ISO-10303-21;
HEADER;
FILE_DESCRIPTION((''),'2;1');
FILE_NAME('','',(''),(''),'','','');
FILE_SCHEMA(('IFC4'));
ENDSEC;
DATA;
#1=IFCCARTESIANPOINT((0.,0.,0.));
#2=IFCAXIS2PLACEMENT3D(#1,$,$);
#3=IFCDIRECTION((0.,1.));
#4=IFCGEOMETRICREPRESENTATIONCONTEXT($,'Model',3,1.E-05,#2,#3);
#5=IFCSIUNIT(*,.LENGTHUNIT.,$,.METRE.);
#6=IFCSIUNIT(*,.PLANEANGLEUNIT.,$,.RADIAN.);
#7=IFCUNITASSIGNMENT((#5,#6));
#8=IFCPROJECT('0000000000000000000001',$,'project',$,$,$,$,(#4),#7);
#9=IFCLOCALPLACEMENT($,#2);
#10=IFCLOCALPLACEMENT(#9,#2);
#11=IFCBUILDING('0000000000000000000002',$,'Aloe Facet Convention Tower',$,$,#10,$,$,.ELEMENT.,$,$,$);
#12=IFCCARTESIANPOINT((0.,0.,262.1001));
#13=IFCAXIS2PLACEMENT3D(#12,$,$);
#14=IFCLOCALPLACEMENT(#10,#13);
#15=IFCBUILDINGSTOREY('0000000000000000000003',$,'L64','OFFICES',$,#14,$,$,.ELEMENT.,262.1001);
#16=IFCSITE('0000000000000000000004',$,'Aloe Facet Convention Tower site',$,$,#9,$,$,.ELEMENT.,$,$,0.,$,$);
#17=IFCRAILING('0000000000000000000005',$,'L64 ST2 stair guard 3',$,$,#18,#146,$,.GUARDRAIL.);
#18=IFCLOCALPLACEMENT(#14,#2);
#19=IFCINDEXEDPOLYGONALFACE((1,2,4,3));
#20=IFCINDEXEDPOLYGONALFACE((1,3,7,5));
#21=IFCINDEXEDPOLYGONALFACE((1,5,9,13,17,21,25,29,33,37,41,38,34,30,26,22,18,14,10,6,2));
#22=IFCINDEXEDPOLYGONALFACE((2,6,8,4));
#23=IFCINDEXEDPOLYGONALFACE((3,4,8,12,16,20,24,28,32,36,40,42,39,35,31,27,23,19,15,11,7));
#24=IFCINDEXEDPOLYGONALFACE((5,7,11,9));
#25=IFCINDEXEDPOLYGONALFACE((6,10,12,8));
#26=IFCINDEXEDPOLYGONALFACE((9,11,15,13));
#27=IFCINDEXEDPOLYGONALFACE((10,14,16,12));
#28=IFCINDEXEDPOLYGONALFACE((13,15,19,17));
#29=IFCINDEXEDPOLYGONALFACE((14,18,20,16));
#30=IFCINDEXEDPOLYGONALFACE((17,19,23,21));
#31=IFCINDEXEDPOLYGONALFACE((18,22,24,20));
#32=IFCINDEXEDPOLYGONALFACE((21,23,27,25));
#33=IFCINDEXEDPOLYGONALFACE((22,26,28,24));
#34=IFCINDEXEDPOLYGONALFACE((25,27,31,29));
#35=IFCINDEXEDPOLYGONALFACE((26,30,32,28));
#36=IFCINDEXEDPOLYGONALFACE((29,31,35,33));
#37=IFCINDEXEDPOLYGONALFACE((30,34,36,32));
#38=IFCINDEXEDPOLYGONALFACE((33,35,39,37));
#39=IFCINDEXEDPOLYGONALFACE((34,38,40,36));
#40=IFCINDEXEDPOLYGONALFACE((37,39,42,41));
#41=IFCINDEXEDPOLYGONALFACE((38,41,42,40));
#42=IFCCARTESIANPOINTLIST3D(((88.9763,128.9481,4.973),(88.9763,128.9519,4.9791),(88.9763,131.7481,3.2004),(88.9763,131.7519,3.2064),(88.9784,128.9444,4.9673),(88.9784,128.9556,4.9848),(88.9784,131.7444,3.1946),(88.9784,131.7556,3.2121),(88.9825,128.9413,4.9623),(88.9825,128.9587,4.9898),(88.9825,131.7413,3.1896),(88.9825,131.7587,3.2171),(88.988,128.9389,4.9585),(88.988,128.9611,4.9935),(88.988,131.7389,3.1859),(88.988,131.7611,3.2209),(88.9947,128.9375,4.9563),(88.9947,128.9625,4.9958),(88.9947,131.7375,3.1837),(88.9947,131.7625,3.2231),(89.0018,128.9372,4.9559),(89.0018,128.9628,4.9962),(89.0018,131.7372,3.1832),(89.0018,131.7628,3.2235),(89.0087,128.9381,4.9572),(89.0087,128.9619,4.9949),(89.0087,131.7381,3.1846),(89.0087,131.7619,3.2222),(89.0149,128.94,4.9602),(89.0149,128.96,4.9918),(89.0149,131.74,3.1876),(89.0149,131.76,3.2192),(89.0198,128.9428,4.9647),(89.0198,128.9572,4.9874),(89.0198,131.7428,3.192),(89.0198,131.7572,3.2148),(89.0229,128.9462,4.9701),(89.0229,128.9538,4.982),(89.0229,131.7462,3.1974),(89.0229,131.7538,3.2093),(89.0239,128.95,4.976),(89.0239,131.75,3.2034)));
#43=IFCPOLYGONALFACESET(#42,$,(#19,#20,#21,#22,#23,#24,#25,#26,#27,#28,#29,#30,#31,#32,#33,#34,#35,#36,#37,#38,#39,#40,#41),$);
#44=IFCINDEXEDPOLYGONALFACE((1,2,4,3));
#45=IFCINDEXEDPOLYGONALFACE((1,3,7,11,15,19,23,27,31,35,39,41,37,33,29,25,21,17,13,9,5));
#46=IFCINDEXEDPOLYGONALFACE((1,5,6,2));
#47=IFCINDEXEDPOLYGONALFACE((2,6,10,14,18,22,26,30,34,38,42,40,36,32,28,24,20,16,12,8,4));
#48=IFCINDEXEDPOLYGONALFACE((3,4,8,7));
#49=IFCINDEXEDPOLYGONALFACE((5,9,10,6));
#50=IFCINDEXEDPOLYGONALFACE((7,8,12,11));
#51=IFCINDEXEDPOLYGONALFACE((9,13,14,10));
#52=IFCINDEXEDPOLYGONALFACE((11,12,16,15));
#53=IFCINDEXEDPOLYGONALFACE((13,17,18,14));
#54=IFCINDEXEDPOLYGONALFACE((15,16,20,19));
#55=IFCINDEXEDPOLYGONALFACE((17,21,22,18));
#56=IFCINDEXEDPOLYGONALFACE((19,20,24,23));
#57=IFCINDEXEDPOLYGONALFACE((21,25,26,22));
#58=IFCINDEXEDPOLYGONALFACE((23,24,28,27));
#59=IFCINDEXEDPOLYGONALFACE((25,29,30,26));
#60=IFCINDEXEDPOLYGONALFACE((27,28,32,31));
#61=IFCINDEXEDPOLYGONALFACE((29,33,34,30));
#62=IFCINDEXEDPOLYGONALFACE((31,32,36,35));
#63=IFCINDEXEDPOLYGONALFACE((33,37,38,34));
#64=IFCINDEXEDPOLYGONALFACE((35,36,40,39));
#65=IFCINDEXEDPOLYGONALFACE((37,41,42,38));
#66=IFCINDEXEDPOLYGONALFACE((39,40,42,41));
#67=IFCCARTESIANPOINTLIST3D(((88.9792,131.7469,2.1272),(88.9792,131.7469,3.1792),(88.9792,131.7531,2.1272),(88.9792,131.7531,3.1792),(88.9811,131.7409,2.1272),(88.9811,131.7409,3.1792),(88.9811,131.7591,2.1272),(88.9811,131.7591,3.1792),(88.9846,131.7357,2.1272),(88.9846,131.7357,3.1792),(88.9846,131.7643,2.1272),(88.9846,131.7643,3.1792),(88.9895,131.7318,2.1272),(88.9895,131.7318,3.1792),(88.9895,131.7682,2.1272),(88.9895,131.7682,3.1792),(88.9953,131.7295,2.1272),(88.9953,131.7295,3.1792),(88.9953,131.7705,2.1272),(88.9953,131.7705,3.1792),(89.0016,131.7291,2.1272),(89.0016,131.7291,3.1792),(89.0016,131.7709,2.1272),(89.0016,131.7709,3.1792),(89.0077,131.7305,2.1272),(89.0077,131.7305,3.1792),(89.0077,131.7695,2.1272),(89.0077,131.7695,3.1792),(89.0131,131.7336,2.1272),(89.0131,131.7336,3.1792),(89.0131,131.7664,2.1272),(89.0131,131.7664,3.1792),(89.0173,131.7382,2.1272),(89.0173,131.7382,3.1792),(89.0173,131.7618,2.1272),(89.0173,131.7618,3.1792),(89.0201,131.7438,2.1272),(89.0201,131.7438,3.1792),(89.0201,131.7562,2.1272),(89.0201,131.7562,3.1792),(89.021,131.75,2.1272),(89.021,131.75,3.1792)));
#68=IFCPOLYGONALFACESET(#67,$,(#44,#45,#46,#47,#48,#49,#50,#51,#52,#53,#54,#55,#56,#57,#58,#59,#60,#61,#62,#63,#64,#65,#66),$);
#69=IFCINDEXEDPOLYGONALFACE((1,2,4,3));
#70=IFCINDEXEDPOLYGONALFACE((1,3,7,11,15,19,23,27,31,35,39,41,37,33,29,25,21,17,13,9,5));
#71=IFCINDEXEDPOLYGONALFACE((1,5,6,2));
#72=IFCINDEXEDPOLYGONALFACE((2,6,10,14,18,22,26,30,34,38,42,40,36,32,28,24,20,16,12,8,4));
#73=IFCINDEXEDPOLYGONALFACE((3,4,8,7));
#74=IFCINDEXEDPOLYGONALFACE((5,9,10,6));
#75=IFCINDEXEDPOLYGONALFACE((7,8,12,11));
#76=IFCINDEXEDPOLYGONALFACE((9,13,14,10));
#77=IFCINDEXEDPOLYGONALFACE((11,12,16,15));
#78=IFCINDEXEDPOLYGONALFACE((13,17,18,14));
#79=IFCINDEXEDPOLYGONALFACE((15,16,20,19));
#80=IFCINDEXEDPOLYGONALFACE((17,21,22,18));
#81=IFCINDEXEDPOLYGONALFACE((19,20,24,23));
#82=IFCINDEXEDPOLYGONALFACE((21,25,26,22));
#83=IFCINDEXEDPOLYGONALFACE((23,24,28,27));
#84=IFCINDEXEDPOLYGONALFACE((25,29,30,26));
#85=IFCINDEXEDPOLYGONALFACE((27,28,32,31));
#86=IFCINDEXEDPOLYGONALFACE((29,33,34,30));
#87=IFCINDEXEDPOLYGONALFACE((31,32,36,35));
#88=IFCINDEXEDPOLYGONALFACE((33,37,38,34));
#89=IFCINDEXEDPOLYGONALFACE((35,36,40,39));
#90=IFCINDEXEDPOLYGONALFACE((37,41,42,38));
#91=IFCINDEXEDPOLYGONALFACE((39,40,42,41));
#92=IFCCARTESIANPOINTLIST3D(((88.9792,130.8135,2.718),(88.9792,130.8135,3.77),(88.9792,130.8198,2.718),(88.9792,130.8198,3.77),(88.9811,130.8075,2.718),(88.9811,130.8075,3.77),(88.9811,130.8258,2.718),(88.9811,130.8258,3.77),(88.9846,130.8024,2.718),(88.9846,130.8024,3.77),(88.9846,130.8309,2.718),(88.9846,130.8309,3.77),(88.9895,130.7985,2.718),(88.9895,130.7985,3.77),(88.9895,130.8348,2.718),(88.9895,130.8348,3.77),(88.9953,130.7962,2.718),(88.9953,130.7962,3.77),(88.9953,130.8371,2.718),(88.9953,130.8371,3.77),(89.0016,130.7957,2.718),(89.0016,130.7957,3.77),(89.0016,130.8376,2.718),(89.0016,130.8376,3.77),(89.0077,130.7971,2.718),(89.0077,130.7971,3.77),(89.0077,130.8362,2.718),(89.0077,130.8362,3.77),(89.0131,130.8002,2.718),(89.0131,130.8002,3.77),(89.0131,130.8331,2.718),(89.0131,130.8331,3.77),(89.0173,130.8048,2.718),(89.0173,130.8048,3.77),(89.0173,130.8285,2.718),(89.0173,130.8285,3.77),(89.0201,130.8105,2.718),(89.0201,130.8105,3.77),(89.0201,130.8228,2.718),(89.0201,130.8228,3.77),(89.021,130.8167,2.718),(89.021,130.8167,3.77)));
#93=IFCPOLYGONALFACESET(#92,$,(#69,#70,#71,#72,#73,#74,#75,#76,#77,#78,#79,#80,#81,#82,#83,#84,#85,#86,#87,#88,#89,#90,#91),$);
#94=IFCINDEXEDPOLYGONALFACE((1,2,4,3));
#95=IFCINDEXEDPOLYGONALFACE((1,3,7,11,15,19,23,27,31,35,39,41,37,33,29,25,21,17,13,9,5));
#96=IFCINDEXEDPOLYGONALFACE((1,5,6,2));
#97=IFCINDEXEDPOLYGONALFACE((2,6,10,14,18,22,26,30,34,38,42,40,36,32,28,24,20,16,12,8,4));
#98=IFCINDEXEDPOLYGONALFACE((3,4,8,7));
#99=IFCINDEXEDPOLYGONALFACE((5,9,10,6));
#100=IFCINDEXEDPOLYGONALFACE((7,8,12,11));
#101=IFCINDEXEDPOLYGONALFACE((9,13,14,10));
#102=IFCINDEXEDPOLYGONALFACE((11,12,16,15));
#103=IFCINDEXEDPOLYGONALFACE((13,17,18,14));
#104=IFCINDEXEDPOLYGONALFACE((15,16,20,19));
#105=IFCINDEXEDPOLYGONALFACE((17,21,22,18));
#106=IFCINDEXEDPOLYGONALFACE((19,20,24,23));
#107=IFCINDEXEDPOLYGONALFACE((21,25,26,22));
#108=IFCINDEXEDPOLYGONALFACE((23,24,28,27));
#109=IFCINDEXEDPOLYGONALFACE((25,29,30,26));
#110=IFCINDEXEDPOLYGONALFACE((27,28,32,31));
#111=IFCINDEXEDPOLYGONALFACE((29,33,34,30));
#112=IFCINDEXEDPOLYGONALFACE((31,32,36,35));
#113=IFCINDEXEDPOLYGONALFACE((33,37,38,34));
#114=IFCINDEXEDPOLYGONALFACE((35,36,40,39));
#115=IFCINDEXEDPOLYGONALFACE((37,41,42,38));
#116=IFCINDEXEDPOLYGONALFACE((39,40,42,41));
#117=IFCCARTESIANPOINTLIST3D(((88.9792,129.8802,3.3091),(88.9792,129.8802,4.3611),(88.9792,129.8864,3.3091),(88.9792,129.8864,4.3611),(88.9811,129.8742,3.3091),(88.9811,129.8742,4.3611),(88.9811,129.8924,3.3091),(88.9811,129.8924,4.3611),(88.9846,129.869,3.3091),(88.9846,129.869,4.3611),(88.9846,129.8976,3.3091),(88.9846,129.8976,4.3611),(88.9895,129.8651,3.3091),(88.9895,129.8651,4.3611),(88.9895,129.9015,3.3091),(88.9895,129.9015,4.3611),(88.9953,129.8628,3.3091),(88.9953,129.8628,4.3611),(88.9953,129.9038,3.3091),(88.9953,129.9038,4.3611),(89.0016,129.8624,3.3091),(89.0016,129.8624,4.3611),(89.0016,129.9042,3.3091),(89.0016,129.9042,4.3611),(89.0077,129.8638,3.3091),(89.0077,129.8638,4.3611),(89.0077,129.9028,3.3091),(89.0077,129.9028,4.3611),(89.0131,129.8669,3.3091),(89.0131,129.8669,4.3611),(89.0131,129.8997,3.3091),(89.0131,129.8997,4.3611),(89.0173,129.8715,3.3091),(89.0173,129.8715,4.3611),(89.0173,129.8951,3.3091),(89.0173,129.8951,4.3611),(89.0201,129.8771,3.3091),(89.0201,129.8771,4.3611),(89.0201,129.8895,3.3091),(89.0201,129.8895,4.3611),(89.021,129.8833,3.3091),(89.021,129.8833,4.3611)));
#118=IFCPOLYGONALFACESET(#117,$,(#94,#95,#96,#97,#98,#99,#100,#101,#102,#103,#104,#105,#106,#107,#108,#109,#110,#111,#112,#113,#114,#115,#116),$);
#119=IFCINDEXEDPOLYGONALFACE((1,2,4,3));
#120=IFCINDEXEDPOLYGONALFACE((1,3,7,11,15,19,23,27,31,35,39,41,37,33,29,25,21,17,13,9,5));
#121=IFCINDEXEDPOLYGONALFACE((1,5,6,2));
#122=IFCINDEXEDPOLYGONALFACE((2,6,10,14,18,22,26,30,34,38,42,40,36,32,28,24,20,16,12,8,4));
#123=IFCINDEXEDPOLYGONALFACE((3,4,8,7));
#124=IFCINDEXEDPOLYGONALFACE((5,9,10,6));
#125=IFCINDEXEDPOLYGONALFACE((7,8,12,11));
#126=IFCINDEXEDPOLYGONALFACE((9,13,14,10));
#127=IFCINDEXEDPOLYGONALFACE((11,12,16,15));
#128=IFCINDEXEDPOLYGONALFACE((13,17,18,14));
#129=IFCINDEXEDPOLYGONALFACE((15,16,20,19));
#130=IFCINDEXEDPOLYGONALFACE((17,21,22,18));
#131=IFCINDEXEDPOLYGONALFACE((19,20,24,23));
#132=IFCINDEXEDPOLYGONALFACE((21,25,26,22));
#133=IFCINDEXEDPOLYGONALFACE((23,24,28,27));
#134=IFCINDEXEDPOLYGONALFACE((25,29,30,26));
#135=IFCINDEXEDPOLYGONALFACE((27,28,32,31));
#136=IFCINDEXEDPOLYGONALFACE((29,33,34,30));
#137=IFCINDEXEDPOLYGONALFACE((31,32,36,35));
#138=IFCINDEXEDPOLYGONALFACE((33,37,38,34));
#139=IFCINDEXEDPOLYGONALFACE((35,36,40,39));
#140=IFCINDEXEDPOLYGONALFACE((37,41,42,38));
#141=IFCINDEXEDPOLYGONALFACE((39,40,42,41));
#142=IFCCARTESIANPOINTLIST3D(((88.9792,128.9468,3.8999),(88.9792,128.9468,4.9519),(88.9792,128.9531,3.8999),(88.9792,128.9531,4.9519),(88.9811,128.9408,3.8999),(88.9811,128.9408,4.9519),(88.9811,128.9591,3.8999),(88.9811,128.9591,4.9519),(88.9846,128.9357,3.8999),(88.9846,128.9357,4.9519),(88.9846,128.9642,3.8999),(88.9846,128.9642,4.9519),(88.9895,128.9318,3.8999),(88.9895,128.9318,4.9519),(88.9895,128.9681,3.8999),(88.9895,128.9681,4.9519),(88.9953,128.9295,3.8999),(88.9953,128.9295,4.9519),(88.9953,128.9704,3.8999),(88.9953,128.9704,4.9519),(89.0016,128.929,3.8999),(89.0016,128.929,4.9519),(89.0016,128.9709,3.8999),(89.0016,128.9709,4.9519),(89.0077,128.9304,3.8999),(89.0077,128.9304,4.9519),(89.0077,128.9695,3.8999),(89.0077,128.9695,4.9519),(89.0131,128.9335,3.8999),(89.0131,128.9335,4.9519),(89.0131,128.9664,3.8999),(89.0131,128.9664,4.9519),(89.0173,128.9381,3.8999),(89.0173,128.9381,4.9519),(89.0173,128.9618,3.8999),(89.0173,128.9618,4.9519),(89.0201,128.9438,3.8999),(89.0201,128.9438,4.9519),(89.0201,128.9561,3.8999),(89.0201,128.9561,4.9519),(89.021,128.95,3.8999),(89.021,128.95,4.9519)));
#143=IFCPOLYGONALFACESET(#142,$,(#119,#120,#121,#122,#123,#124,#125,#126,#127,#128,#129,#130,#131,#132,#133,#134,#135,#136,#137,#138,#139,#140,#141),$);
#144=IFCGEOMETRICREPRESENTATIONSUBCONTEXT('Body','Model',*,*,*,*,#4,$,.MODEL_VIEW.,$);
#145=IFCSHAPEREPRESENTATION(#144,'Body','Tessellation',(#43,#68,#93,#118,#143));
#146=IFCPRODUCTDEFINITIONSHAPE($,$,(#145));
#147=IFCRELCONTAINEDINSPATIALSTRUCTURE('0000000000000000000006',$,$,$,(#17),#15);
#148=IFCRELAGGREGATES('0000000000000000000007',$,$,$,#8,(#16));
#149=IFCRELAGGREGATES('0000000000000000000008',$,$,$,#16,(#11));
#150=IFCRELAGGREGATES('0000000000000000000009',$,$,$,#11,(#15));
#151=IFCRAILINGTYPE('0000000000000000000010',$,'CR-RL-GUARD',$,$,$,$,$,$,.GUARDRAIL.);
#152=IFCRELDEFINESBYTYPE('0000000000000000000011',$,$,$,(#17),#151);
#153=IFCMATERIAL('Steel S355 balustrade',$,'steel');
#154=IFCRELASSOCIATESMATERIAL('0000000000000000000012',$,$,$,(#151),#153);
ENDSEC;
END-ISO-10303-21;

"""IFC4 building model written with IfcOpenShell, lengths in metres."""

from ifc_helpers import new_model, si_unit, direction, frame, origin, origin_2d, place, context, subcontext, project, spatial, circle, extrude, material, type_object, element, save


model = new_model("IFC4")

# Units and contexts
model_context = context("Model", 3, precision=1e-05, world=origin(), true_north=direction((0.0, 1.0)))
body_context = subcontext(model_context, "Body", "Model", "MODEL_VIEW")
ifc_project = project(units=[si_unit("LENGTHUNIT", "METRE"), si_unit("PLANEANGLEUNIT", "RADIAN")], contexts=[model_context])

# Site, building, storey
site_placement = place(None, origin())
site = spatial("IfcSite", under=ifc_project, at=site_placement, Name="Aloe Facet Convention Tower site", CompositionType="ELEMENT", RefElevation=0.0)
building_placement = place(site_placement, origin())
building = spatial("IfcBuilding", under=site, at=building_placement, Name="Aloe Facet Convention Tower", CompositionType="ELEMENT")
storey_placement = place(building_placement, frame((0.0, 0.0, 262.1001)))
storey = spatial("IfcBuildingStorey", under=building, at=storey_placement, Name="L64", Description="OFFICES", CompositionType="ELEMENT", Elevation=262.1001)

# Railing
ifc_material_1 = material(Name="Steel S355 balustrade", Category="steel")
railing_type = type_object("IfcRailingType", Name="CR-RL-GUARD", PredefinedType="GUARDRAIL", material=ifc_material_1)
railing_1_placement = place(storey_placement, frame((89.0, 131.75, 2.1272)))
element("IfcRailing", 1, at=railing_1_placement, inside=storey, type_object=railing_type, Name="L64 ST2 stair guard 3", PredefinedType="GUARDRAIL", context=body_context, shape_type="SweptSolid", body=[
    extrude(circle(Radius=0.0239, at=origin_2d()), frame((0.0, 0.0, 1.0762), z_axis=(0.0, -0.844909, 0.53491), x_axis=(1.0, 0.0, 0.0)), (0.0, 0.0, 1.0), 3.314),
    extrude(circle(Radius=0.021, at=origin_2d()), origin(), (0.0, 0.0, 1.0), 1.052),
    extrude(circle(Radius=0.021, at=origin_2d()), frame((0.0, -0.9333, 0.5908)), (0.0, 0.0, 1.0), 1.052),
    extrude(circle(Radius=0.021, at=origin_2d()), frame((0.0, -1.8667, 1.1819)), (0.0, 0.0, 1.0), 1.052),
    extrude(circle(Radius=0.021, at=origin_2d()), frame((0.0, -2.8, 1.7727)), (0.0, 0.0, 1.0), 1.052),
])

save(model, "model.ifc")
